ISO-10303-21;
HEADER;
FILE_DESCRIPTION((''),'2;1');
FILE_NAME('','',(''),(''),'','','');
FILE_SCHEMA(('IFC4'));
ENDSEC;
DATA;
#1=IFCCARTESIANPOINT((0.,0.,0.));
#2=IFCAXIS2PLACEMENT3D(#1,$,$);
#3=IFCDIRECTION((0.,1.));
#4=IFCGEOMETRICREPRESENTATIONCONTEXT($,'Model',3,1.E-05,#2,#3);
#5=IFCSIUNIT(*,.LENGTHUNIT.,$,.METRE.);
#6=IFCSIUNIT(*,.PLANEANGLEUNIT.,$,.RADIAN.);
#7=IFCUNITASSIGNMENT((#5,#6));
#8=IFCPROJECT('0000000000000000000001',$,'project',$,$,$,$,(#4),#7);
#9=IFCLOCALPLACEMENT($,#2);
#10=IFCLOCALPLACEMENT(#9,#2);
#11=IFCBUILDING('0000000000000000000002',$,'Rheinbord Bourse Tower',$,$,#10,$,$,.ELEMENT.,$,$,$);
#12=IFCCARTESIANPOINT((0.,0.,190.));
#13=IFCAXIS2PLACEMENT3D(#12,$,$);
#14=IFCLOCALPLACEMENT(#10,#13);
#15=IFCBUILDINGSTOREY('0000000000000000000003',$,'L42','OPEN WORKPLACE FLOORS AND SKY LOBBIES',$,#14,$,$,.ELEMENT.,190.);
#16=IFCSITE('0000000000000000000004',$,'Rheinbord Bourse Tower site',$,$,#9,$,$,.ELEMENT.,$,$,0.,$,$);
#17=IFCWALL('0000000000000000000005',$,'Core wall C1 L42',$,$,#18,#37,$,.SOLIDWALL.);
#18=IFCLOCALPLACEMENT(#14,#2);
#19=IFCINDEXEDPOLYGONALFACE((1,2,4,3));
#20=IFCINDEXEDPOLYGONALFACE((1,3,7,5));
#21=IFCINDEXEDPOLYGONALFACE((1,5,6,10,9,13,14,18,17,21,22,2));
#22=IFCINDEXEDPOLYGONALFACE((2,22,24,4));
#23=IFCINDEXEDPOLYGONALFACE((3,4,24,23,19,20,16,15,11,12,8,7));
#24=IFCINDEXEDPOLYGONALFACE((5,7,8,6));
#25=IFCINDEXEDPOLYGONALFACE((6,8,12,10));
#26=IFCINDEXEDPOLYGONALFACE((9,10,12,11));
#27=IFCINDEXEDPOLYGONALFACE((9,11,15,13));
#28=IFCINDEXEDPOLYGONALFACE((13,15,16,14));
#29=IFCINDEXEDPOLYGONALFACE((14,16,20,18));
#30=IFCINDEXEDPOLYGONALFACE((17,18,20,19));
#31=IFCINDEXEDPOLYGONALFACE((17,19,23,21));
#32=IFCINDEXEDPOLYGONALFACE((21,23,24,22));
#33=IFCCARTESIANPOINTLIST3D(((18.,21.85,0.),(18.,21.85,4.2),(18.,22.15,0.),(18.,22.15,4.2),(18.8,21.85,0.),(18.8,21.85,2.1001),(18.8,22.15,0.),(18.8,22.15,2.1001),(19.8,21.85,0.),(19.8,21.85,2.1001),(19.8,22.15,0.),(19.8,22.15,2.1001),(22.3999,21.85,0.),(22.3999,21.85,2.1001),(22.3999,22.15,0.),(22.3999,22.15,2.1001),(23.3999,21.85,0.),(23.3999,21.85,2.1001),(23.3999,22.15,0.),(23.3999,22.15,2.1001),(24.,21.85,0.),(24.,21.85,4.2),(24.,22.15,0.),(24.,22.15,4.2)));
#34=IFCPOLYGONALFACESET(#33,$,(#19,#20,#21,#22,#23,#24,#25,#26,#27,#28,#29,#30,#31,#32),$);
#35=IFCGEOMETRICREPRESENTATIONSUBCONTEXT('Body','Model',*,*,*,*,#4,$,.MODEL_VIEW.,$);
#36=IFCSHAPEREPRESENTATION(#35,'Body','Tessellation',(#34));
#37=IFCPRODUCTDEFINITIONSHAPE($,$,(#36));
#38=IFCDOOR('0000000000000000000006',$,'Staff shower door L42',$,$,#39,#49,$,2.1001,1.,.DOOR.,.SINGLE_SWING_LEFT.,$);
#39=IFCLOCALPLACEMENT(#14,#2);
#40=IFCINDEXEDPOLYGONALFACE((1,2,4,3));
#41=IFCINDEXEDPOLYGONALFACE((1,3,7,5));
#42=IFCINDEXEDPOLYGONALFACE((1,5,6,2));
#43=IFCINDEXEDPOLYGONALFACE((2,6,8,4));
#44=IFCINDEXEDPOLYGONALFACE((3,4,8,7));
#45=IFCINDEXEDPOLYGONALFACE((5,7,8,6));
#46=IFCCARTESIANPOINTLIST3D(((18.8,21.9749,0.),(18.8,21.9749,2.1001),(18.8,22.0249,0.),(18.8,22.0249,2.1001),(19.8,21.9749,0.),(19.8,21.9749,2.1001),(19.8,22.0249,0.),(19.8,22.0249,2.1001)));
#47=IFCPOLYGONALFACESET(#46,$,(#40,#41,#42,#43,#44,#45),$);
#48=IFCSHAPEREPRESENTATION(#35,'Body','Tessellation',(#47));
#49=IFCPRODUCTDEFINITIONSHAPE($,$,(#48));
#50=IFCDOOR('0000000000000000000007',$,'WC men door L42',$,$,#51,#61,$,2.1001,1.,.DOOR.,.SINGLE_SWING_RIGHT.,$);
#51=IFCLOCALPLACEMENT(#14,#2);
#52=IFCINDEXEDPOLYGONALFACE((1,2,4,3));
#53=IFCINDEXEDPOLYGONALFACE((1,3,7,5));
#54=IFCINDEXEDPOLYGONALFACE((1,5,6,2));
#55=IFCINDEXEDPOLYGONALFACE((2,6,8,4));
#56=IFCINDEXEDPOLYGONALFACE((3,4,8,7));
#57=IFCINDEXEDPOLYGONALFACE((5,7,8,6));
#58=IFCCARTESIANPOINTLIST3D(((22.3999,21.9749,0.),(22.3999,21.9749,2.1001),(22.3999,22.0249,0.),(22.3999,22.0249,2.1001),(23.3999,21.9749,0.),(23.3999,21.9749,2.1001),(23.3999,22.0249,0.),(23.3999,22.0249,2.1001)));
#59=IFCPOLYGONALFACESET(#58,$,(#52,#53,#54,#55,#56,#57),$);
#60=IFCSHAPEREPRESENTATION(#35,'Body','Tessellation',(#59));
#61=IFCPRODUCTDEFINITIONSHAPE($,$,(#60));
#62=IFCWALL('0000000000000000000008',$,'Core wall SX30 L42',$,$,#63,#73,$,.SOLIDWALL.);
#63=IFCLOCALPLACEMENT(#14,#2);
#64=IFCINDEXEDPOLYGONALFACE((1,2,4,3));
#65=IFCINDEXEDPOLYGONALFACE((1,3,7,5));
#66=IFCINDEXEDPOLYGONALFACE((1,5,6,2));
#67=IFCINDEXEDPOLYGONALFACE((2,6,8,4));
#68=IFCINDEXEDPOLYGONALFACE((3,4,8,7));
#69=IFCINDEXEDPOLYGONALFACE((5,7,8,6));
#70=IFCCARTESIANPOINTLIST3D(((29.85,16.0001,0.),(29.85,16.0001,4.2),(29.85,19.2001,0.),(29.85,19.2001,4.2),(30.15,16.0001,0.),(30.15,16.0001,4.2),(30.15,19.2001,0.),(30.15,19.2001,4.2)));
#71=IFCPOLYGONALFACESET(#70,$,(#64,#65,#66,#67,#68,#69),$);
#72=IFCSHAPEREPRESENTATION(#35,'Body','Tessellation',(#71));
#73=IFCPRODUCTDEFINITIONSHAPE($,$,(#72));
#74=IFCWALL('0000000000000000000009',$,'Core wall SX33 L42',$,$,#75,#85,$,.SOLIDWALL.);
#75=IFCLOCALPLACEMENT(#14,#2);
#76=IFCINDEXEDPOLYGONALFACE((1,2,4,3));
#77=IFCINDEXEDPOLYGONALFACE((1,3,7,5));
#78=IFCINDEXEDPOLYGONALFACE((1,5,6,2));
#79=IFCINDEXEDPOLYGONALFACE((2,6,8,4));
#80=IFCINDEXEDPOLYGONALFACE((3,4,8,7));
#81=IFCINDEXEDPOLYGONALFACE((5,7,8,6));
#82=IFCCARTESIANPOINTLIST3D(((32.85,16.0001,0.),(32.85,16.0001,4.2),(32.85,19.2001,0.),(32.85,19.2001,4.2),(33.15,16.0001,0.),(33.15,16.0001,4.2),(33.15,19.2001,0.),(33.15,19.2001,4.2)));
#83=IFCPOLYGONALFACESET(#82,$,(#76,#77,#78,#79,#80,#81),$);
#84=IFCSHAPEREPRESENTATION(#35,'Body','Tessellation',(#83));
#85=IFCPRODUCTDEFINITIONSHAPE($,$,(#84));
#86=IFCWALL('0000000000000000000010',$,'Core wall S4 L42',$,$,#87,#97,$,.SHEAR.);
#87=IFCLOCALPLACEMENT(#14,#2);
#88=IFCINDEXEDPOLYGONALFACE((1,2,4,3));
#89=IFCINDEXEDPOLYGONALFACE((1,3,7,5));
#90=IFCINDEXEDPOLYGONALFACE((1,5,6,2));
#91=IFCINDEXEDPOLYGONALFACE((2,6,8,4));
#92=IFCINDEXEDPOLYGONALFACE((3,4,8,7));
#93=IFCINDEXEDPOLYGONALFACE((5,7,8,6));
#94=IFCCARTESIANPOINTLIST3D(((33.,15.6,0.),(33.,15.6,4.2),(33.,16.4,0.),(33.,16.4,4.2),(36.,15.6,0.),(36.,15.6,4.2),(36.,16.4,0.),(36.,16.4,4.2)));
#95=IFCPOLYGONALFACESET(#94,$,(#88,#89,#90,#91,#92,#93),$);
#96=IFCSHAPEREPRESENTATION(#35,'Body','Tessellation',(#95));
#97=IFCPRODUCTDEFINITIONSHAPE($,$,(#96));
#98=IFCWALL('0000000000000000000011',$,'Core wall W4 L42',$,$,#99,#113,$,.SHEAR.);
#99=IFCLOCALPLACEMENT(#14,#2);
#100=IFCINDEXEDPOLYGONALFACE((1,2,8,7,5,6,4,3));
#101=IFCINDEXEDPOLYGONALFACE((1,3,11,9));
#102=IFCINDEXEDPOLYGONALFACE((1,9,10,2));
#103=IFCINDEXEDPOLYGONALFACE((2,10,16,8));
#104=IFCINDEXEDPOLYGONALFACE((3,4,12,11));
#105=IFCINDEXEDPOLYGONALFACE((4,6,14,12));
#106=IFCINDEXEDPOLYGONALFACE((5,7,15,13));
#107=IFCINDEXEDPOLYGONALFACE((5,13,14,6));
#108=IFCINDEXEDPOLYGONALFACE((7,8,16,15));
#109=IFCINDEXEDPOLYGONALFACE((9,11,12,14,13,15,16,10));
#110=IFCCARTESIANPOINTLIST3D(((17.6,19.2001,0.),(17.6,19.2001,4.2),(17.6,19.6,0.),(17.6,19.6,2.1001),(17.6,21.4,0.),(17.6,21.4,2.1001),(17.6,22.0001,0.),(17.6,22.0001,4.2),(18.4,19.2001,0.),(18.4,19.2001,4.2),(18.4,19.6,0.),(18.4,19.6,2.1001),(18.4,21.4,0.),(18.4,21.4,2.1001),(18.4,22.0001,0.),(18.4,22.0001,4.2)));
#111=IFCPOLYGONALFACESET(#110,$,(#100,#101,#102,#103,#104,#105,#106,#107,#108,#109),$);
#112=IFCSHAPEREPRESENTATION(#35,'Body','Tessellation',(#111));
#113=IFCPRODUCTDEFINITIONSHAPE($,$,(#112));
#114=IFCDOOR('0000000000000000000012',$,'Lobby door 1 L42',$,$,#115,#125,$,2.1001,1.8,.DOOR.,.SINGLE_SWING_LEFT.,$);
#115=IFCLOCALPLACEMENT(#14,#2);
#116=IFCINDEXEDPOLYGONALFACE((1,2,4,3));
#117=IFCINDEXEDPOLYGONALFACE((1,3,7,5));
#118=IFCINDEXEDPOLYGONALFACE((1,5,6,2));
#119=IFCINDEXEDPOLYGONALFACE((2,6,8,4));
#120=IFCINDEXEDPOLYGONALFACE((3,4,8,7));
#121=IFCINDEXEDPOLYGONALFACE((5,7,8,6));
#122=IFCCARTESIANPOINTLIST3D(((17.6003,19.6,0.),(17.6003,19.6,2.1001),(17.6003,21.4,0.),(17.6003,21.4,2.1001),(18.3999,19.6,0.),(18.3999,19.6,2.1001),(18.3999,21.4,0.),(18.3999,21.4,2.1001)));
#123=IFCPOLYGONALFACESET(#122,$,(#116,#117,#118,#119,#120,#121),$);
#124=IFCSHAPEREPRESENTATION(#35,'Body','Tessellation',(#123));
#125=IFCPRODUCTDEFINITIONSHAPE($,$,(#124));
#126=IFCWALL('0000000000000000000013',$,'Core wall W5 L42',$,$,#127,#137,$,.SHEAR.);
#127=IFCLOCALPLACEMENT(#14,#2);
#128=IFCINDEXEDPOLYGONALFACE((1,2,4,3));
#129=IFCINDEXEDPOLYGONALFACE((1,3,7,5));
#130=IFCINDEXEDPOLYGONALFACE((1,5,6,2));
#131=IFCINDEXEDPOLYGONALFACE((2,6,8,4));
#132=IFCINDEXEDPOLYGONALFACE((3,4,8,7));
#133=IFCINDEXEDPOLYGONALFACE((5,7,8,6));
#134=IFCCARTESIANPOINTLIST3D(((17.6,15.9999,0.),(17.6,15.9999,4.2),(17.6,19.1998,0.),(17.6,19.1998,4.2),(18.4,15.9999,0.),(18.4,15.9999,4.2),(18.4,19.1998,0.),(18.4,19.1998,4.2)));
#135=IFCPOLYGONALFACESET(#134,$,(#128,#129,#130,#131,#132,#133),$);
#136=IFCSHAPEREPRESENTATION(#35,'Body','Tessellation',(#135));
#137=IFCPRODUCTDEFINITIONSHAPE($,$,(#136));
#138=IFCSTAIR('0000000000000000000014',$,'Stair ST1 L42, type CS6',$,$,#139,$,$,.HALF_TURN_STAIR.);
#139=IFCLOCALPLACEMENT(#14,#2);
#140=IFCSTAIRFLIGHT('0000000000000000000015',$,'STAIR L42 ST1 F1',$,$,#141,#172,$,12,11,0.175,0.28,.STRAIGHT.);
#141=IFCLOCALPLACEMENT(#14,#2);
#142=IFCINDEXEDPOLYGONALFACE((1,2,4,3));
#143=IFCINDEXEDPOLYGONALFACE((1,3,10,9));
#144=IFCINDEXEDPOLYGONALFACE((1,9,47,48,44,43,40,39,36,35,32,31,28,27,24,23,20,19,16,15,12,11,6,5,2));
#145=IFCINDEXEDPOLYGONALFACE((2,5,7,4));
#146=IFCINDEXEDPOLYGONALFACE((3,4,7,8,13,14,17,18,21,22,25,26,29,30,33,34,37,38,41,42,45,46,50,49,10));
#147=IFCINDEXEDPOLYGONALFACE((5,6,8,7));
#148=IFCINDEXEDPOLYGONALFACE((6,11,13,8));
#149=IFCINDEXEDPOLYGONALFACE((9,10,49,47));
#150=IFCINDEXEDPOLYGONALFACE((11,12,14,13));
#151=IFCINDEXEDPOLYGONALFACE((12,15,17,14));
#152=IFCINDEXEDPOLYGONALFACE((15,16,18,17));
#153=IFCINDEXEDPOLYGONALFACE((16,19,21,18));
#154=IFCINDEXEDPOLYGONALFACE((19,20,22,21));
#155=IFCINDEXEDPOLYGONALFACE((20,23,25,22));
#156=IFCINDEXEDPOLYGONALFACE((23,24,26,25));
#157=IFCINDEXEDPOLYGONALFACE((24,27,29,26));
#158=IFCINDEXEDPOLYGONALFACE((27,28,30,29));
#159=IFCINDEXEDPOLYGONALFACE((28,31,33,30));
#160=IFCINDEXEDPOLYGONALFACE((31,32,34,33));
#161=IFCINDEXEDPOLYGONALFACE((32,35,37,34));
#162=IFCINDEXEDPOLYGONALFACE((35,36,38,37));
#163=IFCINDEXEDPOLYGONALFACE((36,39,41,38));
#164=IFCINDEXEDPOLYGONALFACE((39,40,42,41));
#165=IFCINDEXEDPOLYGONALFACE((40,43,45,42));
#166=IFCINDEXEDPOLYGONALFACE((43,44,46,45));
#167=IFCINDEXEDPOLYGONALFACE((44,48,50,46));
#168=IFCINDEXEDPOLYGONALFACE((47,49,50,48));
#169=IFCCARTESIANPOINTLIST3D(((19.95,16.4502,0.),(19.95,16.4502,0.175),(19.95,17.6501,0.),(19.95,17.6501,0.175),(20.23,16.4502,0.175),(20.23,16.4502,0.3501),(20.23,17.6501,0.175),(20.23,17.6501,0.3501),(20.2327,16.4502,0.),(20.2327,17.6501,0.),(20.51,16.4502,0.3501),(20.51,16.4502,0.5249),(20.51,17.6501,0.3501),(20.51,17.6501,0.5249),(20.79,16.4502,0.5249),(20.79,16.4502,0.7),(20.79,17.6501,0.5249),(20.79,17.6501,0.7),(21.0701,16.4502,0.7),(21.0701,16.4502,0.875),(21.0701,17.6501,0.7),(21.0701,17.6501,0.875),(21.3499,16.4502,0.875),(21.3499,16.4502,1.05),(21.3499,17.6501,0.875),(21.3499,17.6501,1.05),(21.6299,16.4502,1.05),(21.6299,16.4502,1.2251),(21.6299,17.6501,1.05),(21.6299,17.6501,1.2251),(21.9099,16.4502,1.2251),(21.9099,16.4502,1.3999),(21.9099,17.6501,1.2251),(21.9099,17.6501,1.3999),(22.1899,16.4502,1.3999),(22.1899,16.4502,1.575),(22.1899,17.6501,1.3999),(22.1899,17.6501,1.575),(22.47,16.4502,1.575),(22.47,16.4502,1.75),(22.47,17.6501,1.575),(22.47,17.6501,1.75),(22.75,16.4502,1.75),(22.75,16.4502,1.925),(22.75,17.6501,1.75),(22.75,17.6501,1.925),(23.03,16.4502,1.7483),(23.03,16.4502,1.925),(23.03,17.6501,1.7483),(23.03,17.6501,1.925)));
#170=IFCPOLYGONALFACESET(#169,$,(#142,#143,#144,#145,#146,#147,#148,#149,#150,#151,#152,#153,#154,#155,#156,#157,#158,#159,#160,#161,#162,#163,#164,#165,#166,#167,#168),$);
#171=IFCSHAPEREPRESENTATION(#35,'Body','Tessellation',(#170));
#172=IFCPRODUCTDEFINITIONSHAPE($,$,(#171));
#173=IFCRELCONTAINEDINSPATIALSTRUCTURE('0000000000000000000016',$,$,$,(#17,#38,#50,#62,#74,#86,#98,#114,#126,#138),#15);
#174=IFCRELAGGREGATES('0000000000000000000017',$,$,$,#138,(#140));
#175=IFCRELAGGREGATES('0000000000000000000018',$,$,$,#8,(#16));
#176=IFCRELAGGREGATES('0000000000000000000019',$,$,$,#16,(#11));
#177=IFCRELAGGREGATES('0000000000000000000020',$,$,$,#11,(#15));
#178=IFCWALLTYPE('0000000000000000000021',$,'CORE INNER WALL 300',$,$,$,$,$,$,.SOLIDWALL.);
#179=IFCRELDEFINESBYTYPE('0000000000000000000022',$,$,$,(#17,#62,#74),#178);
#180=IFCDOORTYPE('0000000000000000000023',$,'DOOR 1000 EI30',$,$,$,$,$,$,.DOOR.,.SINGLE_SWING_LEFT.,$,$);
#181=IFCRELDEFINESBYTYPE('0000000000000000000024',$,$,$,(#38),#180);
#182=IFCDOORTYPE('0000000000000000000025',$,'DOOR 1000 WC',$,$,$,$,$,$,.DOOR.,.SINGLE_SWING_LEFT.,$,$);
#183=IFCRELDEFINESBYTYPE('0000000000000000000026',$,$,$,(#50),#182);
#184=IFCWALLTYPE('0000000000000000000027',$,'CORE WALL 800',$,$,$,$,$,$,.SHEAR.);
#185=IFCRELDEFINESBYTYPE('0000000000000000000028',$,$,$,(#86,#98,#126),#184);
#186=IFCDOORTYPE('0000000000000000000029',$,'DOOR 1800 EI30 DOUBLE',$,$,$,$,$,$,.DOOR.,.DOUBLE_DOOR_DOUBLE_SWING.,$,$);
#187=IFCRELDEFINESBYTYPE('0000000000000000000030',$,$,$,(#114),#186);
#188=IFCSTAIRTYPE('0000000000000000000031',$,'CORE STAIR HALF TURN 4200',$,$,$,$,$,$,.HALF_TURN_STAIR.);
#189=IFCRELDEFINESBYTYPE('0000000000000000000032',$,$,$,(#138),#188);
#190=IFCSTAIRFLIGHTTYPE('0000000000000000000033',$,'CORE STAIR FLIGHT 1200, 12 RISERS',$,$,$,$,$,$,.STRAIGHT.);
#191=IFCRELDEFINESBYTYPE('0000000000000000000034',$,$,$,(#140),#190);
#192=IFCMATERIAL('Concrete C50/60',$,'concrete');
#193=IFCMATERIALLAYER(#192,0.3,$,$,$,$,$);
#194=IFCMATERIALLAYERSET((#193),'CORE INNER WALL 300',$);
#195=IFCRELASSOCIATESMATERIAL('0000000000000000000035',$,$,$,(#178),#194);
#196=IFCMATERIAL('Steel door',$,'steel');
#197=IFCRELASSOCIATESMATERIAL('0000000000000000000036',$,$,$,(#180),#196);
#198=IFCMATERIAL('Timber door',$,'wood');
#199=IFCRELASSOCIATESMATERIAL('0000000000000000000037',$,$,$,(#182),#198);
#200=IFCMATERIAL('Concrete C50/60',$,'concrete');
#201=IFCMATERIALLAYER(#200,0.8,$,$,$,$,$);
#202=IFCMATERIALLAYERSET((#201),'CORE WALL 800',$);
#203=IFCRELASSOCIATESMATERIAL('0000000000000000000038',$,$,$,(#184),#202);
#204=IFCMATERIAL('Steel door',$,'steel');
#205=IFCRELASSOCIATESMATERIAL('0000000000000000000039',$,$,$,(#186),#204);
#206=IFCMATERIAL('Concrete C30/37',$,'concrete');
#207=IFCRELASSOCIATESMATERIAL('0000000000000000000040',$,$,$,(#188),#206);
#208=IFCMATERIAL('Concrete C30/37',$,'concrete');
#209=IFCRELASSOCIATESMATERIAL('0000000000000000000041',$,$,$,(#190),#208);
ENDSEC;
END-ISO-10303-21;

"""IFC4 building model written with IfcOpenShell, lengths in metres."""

from ifc_helpers import new_model, si_unit, direction, frame, frame_2d, origin, place, context, subcontext, project, spatial, polyline, rectangle, outline, extrude, material, layer, layer_set, type_object, element, fill, aggregate, save


model = new_model("IFC4")

# Units and contexts
model_context = context("Model", 3, precision=1e-05, world=origin(), true_north=direction((0.0, 1.0)))
body_context = subcontext(model_context, "Body", "Model", "MODEL_VIEW")
ifc_project = project(units=[si_unit("LENGTHUNIT", "METRE"), si_unit("PLANEANGLEUNIT", "RADIAN")], contexts=[model_context])

# Site, building, storey
site_placement = place(None, origin())
site = spatial("IfcSite", under=ifc_project, at=site_placement, Name="Rheinbord Bourse Tower site", CompositionType="ELEMENT", RefElevation=0.0)
building_placement = place(site_placement, origin())
building = spatial("IfcBuilding", under=site, at=building_placement, Name="Rheinbord Bourse Tower", CompositionType="ELEMENT")
storey_placement = place(building_placement, frame((0.0, 0.0, 190.0)))
storey = spatial("IfcBuildingStorey", under=building, at=storey_placement, Name="L42", Description="OPEN WORKPLACE FLOORS AND SKY LOBBIES", CompositionType="ELEMENT", Elevation=190.0)

# Shared definitions
ifc_material_1 = material(Name="Concrete C50/60", Category="concrete")
ifc_layer_1 = layer(ifc_material_1, 0.3)
ifc_layer_set_1 = layer_set([ifc_layer_1], Name="CORE INNER WALL 300")
wall_type_1 = type_object("IfcWallType", Name="CORE INNER WALL 300", PredefinedType="SOLIDWALL", material=ifc_layer_set_1)
ifc_material_2 = material(Name="Steel door", Category="steel")
door_type_1 = type_object("IfcDoorType", Name="DOOR 1000 EI30", OperationType="SINGLE_SWING_LEFT", PredefinedType="DOOR", material=ifc_material_2)

# Wall, openings, doors
wall_1_placement = place(storey_placement, frame((18.0, 22.0, 0.0), z_axis=(0.0, 0.0, 1.0), x_axis=(1.0, 0.0, 0.0)))
wall_1 = element("IfcWall", 1, at=wall_1_placement, inside=storey, type_object=wall_type_1, Name="Core wall C1 L42", PredefinedType="SOLIDWALL", context=body_context, shape_type="SweptSolid", body=[
    extrude(rectangle(XDim=6.0, YDim=0.3, at=frame_2d((3.0, 0.0))), origin(), (0.0, 0.0, 1.0), 4.2),
])
opening_1_placement = place(wall_1_placement, frame((4.3999, 0.0, 0.0)))
opening_1 = element("IfcOpeningElement", 2, at=opening_1_placement, cuts=wall_1, PredefinedType="OPENING", context=body_context, shape_type="SweptSolid", body=[
    extrude(rectangle(XDim=1.0, YDim=2.1001, at=frame_2d((0.5, 1.05))), frame((0.0, 0.1599, 0.0), z_axis=(0.0, -1.0, 0.0), x_axis=(1.0, 0.0, 0.0)), (0.0, 0.0, 1.0), 0.3201),
])
opening_2_placement = place(wall_1_placement, frame((0.8, 0.0, 0.0)))
opening_2 = element("IfcOpeningElement", 3, at=opening_2_placement, cuts=wall_1, PredefinedType="OPENING", context=body_context, shape_type="SweptSolid", body=[
    extrude(rectangle(XDim=1.0, YDim=2.1001, at=frame_2d((0.5, 1.05))), frame((0.0, 0.1599, 0.0), z_axis=(0.0, -1.0, 0.0), x_axis=(1.0, 0.0, 0.0)), (0.0, 0.0, 1.0), 0.3201),
])
door_1_placement = place(opening_2_placement, origin())
door_1 = element("IfcDoor", 4, at=door_1_placement, inside=storey, type_object=door_type_1, Name="Staff shower door L42", OperationType="SINGLE_SWING_LEFT", OverallHeight=2.1001, OverallWidth=1.0, PredefinedType="DOOR", context=body_context, shape_type="SweptSolid", body=[
    extrude(rectangle(XDim=1.0, YDim=2.1001, at=frame_2d((0.5, 1.05))), frame((0.0, 0.0249, 0.0), z_axis=(0.0, -1.0, 0.0), x_axis=(1.0, 0.0, 0.0)), (0.0, 0.0, 1.0), 0.05),
])
fill(opening_2, door_1)
ifc_material_3 = material(Name="Timber door", Category="wood")
door_type_2 = type_object("IfcDoorType", Name="DOOR 1000 WC", OperationType="SINGLE_SWING_LEFT", PredefinedType="DOOR", material=ifc_material_3)
door_2_placement = place(opening_1_placement, origin())
door_2 = element("IfcDoor", 5, at=door_2_placement, inside=storey, type_object=door_type_2, Name="WC men door L42", OperationType="SINGLE_SWING_RIGHT", OverallHeight=2.1001, OverallWidth=1.0, PredefinedType="DOOR", context=body_context, shape_type="SweptSolid", body=[
    extrude(rectangle(XDim=1.0, YDim=2.1001, at=frame_2d((0.5, 1.05))), frame((0.0, 0.0249, 0.0), z_axis=(0.0, -1.0, 0.0), x_axis=(1.0, 0.0, 0.0)), (0.0, 0.0, 1.0), 0.05),
])
fill(opening_1, door_2)

# Walls
for number, where, z_axis, x_axis, name in (
    (6, (30.0, 16.0, 0.0), (0.0, 0.0, 1.0), (0.0, 1.0, 0.0), "Core wall SX30 L42"),
    (7, (33.0, 16.0, 0.0), (0.0, 0.0, 1.0), (0.0, 1.0, 0.0), "Core wall SX33 L42"),
):
    element("IfcWall", number, at=place(storey_placement, frame(where, z_axis=z_axis, x_axis=x_axis)), inside=storey, type_object=wall_type_1, Name=name, PredefinedType="SOLIDWALL", context=body_context, shape_type="SweptSolid", body=[
        extrude(rectangle(XDim=3.2, YDim=0.3, at=frame_2d((1.6001, 0.0))), origin(), (0.0, 0.0, 1.0), 4.2),
    ])
ifc_material_4 = material(Name="Concrete C50/60", Category="concrete")
ifc_layer_2 = layer(ifc_material_4, 0.8)
ifc_layer_set_2 = layer_set([ifc_layer_2], Name="CORE WALL 800")
wall_type_2 = type_object("IfcWallType", Name="CORE WALL 800", PredefinedType="SHEAR", material=ifc_layer_set_2)
wall_2_placement = place(storey_placement, frame((33.0, 16.0, 0.0), z_axis=(0.0, 0.0, 1.0), x_axis=(1.0, 0.0, 0.0)))
element("IfcWall", 8, at=wall_2_placement, inside=storey, type_object=wall_type_2, Name="Core wall S4 L42", PredefinedType="SHEAR", context=body_context, shape_type="SweptSolid", body=[
    extrude(rectangle(XDim=3.0, YDim=0.8, at=frame_2d((1.5, 0.0))), origin(), (0.0, 0.0, 1.0), 4.2),
])

# Wall, opening, door
wall_3_placement = place(storey_placement, frame((18.0, 22.0, 0.0), z_axis=(0.0, 0.0, 1.0), x_axis=(0.0, -1.0, 0.0)))
wall_3 = element("IfcWall", 9, at=wall_3_placement, inside=storey, type_object=wall_type_2, Name="Core wall W4 L42", PredefinedType="SHEAR", context=body_context, shape_type="SweptSolid", body=[
    extrude(rectangle(XDim=2.8, YDim=0.8, at=frame_2d((1.3999, 0.0))), origin(), (0.0, 0.0, 1.0), 4.2),
])
opening_3_placement = place(wall_3_placement, frame((0.6001, 0.0, 0.0)))
opening_3 = element("IfcOpeningElement", 10, at=opening_3_placement, cuts=wall_3, PredefinedType="OPENING", context=body_context, shape_type="SweptSolid", body=[
    extrude(rectangle(XDim=1.8, YDim=2.1001, at=frame_2d((0.8999, 1.05))), frame((0.0, 0.4099, 0.0), z_axis=(0.0, -1.0, 0.0), x_axis=(1.0, 0.0, 0.0)), (0.0, 0.0, 1.0), 0.8201),
])
ifc_material_5 = material(Name="Steel door", Category="steel")
door_type_3 = type_object("IfcDoorType", Name="DOOR 1800 EI30 DOUBLE", OperationType="DOUBLE_DOOR_DOUBLE_SWING", PredefinedType="DOOR", material=ifc_material_5)
door_3_placement = place(opening_3_placement, origin())
door_3 = element("IfcDoor", 11, at=door_3_placement, inside=storey, type_object=door_type_3, Name="Lobby door 1 L42", OperationType="SINGLE_SWING_LEFT", OverallHeight=2.1001, OverallWidth=1.8, PredefinedType="DOOR", context=body_context, shape_type="SweptSolid", body=[
    extrude(rectangle(XDim=1.8, YDim=2.1001, at=frame_2d((0.8999, 1.05))), frame((0.0, 0.3999, 0.0), z_axis=(0.0, -1.0, 0.0), x_axis=(1.0, 0.0, 0.0)), (0.0, 0.0, 1.0), 0.7996),
])
fill(opening_3, door_3)

# Wall
wall_4_placement = place(storey_placement, frame((18.0, 19.2, 0.0), z_axis=(0.0, 0.0, 1.0), x_axis=(0.0, -1.0, 0.0)))
element("IfcWall", 12, at=wall_4_placement, inside=storey, type_object=wall_type_2, Name="Core wall W5 L42", PredefinedType="SHEAR", context=body_context, shape_type="SweptSolid", body=[
    extrude(rectangle(XDim=3.2, YDim=0.8, at=frame_2d((1.6001, 0.0))), origin(), (0.0, 0.0, 1.0), 4.2),
])

# Stair, stair flight
ifc_material_6 = material(Name="Concrete C30/37", Category="concrete")
stair_type = type_object("IfcStairType", Name="CORE STAIR HALF TURN 4200", PredefinedType="HALF_TURN_STAIR", material=ifc_material_6)
stair_placement = place(storey_placement, origin())
stair = element("IfcStair", 13, at=stair_placement, inside=storey, type_object=stair_type, Name="Stair ST1 L42, type CS6", PredefinedType="HALF_TURN_STAIR")
ifc_material_7 = material(Name="Concrete C30/37", Category="concrete")
stair_flight_type = type_object("IfcStairFlightType", Name="CORE STAIR FLIGHT 1200, 12 RISERS", PredefinedType="STRAIGHT", material=ifc_material_7)
stair_flight_1_placement = place(storey_placement, frame((19.95, 17.05, 0.0), z_axis=(0.0, 0.0, 1.0), x_axis=(1.0, 0.0, 0.0)))
stair_flight_1 = element("IfcStairFlight", 14, at=stair_flight_1_placement, type_object=stair_flight_type, Name="STAIR L42 ST1 F1", NumberOfRisers=12, NumberOfTreads=11, PredefinedType="STRAIGHT", RiserHeight=0.175, TreadLength=0.28, context=body_context, shape_type="SweptSolid", body=[
    extrude(outline(polyline([(0.0, 0.0), (0.0, 0.175), (0.28, 0.175), (0.28, 0.3501), (0.5601, 0.3501), (0.5601, 0.5249), (0.8401, 0.5249), (0.8401, 0.7), (1.1201, 0.7), (1.1201, 0.875), (1.3999, 0.875), (1.3999, 1.05), (1.6799, 1.05), (1.6799, 1.2251), (1.96, 1.2251), (1.96, 1.3999), (2.24, 1.3999), (2.24, 1.575), (2.52, 1.575), (2.52, 1.75), (2.8, 1.75), (2.8, 1.925), (3.0801, 1.925), (3.0801, 2.1001), (3.0801, 1.7483), (0.2827, 0.0), (0.0, 0.0)])), frame((0.0, 0.6001, 0.0), z_axis=(0.0, -1.0, 0.0), x_axis=(1.0, 0.0, 0.0)), (0.0, 0.0, 1.0), 1.2),
])
aggregate(stair, [stair_flight_1])

save(model, "model.ifc")
